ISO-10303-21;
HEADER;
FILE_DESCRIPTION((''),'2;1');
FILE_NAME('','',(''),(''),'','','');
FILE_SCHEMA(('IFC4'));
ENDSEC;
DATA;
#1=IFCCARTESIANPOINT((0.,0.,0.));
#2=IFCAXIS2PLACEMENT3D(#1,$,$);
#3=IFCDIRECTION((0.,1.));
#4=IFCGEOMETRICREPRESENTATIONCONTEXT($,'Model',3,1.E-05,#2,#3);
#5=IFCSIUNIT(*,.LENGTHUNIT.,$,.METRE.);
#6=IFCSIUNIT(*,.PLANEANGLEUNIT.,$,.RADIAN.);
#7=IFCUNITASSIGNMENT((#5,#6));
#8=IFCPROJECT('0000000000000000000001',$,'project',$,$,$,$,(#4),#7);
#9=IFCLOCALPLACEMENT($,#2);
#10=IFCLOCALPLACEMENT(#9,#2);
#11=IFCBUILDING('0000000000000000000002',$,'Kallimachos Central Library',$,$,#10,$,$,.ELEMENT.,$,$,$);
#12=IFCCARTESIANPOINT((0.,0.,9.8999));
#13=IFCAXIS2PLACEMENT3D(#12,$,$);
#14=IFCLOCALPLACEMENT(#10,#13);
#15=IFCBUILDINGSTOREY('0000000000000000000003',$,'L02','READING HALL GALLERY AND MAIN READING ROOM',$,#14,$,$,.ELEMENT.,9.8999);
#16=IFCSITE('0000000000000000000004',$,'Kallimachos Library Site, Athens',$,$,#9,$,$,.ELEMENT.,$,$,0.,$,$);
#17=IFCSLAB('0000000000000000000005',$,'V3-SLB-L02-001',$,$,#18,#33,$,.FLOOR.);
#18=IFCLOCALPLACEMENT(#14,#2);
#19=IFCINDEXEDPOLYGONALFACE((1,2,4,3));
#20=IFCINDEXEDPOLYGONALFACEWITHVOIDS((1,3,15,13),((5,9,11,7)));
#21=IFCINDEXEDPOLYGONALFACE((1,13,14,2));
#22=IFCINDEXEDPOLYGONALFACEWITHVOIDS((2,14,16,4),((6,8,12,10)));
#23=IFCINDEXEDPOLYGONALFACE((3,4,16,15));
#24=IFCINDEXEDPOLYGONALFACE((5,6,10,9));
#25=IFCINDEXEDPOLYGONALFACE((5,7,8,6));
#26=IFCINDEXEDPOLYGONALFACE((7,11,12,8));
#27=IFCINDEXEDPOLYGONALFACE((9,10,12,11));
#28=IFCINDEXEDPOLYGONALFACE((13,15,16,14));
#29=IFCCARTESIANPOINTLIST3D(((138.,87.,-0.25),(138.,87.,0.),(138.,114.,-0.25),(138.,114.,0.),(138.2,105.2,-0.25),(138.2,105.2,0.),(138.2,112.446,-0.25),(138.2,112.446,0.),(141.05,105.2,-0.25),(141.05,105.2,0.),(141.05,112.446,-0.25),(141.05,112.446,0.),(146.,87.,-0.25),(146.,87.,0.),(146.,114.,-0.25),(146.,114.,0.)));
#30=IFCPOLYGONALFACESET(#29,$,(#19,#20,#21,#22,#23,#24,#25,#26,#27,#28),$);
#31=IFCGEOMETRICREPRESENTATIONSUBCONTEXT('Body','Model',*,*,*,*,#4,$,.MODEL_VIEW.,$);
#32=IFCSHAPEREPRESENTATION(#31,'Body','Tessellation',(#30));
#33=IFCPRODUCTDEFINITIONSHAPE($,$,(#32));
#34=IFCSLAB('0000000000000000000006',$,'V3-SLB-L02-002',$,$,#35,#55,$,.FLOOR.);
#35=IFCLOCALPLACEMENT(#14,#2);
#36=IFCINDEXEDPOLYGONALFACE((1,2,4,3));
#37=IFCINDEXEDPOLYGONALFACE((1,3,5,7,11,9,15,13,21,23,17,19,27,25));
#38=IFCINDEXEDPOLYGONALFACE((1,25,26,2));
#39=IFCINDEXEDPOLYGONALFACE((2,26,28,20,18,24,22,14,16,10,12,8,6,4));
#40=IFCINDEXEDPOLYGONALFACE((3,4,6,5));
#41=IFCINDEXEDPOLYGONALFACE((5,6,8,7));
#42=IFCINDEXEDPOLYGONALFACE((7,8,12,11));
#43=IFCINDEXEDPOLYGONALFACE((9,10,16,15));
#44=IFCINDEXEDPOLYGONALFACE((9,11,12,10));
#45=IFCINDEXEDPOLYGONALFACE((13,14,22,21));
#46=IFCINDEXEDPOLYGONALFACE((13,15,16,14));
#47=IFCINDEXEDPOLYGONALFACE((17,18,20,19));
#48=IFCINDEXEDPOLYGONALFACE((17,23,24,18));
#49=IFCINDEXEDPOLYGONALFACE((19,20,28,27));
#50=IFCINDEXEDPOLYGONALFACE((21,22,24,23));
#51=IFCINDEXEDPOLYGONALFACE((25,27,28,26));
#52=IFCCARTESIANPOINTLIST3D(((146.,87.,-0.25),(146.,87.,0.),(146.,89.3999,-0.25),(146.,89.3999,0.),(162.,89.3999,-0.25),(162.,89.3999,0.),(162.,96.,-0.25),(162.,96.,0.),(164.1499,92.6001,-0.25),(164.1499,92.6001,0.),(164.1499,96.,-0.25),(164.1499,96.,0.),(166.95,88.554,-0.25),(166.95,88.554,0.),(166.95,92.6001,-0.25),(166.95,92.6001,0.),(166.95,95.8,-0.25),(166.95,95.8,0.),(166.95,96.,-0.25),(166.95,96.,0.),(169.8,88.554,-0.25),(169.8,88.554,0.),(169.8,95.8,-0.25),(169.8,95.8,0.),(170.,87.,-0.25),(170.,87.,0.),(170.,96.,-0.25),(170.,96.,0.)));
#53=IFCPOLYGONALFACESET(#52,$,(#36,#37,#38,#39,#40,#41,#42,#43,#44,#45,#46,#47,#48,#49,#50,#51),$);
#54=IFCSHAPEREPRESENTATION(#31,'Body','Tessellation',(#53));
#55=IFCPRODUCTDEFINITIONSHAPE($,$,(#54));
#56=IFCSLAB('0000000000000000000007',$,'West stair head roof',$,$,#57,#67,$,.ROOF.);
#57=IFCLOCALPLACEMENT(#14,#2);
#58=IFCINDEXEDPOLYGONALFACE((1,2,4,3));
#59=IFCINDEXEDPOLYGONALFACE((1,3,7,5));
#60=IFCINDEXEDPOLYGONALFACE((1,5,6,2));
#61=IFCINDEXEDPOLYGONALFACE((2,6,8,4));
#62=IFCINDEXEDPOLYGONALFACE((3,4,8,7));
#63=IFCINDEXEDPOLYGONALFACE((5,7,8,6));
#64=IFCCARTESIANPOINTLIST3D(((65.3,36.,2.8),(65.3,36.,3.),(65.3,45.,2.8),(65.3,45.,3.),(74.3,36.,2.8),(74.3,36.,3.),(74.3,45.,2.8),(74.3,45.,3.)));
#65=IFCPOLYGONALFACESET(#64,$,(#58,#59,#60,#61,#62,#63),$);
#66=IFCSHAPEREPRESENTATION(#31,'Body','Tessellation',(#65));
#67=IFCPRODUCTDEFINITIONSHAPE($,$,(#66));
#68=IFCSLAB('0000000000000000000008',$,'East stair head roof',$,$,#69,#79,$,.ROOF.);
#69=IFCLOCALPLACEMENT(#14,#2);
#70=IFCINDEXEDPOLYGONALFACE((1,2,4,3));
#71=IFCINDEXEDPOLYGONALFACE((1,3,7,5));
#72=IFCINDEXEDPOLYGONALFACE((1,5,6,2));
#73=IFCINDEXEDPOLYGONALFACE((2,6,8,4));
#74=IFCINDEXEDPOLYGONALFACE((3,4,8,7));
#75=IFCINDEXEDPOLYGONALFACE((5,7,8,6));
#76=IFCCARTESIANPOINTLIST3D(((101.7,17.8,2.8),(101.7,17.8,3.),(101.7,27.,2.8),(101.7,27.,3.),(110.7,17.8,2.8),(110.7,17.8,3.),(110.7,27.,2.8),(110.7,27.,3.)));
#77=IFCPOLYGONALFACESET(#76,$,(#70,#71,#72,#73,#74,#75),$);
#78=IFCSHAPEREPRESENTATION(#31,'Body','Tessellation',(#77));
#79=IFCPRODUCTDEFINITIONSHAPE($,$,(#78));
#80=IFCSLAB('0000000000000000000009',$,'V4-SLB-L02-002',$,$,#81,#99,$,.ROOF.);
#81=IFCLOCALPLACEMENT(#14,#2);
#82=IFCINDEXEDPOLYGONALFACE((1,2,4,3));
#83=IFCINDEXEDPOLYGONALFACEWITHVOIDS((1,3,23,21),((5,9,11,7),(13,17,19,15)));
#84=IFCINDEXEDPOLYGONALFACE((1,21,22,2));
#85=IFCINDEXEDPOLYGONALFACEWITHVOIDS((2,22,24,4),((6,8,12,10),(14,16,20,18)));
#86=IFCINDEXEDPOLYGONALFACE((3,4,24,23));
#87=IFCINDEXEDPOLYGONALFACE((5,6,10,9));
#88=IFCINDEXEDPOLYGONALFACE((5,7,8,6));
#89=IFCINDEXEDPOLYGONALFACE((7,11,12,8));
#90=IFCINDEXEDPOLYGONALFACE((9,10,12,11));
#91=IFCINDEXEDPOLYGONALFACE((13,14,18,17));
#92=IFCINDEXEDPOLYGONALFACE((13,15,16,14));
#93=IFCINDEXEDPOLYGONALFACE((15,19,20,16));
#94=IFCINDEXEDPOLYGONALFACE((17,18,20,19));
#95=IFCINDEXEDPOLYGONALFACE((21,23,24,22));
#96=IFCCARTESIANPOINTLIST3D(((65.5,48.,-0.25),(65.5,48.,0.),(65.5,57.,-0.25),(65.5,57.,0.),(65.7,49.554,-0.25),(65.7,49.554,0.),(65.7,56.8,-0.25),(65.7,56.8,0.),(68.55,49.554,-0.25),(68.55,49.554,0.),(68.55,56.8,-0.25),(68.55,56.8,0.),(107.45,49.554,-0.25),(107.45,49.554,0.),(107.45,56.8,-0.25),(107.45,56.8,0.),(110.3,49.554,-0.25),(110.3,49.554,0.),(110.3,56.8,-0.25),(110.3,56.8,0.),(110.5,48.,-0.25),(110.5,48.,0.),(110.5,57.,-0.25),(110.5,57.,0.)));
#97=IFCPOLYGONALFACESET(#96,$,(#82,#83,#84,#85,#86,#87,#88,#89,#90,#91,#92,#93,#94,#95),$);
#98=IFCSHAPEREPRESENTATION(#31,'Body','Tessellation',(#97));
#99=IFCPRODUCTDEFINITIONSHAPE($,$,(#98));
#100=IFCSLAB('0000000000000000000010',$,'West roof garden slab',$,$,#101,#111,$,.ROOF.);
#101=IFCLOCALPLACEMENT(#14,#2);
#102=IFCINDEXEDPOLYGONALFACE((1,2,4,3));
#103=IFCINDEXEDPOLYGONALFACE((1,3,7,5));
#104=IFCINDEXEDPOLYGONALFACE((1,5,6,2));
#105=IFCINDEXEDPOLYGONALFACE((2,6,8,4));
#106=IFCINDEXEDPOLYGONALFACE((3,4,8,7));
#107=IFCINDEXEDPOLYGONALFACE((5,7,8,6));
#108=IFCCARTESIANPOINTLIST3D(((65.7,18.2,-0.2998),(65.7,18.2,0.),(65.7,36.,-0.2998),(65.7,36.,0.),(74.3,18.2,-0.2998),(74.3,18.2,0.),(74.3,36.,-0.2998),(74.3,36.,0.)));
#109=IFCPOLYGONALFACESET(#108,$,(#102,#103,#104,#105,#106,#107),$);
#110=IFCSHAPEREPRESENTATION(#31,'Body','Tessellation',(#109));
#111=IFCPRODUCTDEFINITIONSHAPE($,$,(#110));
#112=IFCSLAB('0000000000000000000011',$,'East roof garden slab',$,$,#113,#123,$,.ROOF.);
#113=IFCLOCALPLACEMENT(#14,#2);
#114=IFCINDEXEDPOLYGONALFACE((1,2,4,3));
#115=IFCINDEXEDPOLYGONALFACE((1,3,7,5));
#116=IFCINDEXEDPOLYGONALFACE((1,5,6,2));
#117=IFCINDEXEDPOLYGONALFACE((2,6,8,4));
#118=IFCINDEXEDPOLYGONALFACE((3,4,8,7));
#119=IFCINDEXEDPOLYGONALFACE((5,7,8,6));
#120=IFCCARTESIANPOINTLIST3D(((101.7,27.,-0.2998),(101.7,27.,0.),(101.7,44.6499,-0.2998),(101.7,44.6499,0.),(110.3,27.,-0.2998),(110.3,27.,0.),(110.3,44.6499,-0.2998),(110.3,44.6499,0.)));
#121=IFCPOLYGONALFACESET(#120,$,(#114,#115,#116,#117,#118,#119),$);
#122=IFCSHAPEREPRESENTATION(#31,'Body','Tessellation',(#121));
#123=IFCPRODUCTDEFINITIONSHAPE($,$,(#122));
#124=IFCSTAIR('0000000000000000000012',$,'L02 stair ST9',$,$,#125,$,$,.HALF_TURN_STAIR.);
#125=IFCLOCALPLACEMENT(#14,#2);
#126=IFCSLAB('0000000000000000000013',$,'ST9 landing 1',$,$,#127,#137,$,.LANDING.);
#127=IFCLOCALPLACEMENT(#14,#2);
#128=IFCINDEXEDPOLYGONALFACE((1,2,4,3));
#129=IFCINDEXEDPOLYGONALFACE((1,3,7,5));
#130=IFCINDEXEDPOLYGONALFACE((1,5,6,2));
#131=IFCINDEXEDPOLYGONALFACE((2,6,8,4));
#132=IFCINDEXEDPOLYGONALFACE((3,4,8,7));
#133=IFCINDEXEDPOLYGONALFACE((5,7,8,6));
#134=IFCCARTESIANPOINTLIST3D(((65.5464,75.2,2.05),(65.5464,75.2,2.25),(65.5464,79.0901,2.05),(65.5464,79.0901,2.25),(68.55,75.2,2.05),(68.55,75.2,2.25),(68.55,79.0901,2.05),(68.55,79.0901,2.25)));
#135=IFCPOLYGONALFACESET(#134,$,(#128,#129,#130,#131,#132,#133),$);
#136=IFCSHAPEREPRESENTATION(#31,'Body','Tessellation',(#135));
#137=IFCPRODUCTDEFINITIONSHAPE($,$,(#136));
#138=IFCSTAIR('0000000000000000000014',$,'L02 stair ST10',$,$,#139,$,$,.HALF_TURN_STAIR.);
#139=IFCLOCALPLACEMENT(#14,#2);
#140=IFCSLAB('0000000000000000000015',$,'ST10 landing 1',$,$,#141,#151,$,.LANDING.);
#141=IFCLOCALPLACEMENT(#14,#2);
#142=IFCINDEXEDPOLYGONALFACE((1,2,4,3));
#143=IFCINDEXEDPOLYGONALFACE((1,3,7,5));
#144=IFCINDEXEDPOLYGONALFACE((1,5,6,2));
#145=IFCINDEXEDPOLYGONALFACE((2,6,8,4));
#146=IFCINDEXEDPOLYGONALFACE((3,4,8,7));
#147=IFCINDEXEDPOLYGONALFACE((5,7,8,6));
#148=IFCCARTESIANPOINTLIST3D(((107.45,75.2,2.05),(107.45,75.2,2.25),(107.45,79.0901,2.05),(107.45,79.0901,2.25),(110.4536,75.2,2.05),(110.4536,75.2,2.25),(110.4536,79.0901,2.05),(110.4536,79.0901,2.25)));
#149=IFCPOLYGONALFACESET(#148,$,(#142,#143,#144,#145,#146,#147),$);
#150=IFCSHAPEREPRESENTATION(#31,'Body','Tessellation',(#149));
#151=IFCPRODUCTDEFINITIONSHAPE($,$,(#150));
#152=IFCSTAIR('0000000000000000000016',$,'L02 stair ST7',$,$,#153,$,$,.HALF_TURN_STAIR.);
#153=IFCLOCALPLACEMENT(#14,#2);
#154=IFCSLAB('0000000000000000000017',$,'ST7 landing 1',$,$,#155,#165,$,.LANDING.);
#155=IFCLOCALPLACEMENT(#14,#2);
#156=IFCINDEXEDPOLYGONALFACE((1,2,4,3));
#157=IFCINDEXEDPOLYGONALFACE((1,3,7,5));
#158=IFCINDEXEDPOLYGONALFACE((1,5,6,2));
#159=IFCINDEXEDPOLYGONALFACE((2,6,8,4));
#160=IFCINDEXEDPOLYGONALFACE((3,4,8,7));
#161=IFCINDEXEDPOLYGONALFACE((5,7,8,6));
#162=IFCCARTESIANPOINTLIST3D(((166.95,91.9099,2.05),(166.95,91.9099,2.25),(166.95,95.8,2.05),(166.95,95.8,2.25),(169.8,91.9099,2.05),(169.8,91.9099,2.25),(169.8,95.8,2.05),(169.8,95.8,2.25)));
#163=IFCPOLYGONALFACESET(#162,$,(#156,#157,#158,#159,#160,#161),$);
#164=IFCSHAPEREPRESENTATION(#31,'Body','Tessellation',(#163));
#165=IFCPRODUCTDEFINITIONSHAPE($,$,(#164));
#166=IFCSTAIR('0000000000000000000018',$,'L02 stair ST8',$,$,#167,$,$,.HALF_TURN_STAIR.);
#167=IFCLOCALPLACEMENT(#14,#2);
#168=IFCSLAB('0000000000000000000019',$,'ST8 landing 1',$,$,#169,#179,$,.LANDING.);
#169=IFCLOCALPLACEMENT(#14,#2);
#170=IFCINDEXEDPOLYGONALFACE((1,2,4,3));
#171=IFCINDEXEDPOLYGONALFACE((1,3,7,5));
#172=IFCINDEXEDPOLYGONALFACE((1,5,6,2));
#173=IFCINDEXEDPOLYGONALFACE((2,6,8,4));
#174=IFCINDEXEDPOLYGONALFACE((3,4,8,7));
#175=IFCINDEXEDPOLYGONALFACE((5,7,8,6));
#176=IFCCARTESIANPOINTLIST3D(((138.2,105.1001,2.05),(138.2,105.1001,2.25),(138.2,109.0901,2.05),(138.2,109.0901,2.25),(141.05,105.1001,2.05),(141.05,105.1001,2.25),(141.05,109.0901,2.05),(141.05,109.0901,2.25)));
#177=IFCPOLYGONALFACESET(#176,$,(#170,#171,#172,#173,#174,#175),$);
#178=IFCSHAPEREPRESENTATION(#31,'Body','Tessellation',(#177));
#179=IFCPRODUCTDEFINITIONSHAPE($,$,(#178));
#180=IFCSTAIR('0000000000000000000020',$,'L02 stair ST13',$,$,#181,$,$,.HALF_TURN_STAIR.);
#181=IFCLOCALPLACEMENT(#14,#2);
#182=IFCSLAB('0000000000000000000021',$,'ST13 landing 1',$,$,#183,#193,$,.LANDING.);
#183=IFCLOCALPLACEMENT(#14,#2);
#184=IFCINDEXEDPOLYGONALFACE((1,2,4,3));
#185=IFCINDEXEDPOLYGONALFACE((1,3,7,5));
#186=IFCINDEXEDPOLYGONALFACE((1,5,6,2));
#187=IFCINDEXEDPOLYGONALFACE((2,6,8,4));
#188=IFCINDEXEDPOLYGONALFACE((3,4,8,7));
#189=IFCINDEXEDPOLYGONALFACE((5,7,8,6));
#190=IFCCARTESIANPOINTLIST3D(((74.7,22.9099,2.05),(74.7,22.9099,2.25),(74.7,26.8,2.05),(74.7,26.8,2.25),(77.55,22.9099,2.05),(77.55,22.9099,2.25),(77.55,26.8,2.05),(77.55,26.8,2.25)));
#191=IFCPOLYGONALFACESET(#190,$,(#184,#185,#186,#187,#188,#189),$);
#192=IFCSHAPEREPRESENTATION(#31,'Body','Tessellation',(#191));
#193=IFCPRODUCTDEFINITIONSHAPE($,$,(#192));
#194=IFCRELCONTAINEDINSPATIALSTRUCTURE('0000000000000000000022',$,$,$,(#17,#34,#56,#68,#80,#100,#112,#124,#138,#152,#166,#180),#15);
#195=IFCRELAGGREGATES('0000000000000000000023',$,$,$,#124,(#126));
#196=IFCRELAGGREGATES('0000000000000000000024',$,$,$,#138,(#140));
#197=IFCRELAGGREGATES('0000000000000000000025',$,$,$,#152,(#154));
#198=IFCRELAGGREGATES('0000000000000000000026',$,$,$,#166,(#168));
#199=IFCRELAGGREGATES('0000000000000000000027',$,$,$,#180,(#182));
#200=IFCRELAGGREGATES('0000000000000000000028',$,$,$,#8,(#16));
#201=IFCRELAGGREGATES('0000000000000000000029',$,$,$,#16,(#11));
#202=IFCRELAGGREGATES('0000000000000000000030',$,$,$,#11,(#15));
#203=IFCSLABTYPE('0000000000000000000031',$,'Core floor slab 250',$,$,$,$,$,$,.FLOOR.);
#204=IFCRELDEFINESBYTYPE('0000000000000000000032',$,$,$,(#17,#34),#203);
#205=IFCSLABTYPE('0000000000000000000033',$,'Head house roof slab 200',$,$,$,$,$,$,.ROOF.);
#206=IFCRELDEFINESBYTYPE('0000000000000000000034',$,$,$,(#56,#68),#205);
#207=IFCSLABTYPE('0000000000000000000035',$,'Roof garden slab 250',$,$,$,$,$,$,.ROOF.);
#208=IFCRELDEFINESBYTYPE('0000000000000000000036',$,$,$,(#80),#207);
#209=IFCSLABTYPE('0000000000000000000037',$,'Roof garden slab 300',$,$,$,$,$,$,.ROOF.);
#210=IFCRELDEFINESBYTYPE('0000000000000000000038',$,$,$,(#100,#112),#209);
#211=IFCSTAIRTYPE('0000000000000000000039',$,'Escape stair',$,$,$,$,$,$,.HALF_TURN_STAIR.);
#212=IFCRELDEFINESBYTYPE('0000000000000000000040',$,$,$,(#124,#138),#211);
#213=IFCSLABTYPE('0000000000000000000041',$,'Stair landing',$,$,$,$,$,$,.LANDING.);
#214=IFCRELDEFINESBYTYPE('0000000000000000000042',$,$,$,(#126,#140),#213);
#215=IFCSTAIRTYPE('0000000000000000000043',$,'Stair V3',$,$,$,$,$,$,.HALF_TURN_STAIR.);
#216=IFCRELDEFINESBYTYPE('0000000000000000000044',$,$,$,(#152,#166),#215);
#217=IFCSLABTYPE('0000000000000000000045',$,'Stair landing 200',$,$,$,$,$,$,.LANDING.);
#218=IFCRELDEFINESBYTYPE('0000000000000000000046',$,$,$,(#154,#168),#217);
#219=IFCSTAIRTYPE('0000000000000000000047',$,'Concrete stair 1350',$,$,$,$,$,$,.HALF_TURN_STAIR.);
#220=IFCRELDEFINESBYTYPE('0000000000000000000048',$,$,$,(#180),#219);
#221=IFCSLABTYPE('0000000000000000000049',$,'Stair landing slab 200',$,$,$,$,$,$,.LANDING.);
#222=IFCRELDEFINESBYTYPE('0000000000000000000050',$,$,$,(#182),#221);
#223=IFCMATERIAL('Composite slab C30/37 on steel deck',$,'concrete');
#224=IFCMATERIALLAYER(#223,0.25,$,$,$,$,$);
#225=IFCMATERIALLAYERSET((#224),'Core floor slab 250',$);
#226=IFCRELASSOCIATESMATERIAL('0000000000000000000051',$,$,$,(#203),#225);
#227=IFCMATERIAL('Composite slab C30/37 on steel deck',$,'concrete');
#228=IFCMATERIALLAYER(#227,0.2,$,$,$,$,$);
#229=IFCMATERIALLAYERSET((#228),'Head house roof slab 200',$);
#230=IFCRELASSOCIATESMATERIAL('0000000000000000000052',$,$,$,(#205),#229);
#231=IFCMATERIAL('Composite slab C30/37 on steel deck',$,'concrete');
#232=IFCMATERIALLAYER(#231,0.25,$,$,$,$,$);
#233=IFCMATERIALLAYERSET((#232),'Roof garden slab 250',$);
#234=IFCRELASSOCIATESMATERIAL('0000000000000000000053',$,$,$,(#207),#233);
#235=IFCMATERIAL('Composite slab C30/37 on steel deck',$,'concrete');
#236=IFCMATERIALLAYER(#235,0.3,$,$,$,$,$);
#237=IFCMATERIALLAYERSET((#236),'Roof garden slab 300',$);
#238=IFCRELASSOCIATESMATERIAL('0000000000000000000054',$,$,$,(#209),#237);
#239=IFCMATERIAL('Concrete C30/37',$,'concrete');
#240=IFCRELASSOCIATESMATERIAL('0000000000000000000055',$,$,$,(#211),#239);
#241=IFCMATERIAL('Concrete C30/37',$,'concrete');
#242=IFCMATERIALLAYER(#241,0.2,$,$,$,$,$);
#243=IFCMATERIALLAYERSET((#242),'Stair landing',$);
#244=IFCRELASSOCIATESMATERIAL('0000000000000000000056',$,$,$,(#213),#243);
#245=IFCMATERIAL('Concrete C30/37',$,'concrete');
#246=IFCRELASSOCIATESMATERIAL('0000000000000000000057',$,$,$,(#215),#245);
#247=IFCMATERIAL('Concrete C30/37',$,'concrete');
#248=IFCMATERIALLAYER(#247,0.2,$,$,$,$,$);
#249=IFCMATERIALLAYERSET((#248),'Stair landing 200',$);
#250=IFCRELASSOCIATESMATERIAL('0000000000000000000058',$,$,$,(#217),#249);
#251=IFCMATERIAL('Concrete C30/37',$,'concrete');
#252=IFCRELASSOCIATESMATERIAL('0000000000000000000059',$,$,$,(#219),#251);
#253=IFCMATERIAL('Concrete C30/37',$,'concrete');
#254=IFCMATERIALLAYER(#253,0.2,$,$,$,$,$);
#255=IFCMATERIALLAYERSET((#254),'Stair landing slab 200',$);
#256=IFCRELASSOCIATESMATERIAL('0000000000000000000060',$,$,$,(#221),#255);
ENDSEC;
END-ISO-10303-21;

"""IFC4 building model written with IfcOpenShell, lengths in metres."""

from ifc_helpers import new_model, si_unit, direction, frame, origin, place, context, subcontext, project, spatial, polyline, outline, extrude, material, layer, layer_set, type_object, element, aggregate, save


model = new_model("IFC4")

# Units and contexts
model_context = context("Model", 3, precision=1e-05, world=origin(), true_north=direction((0.0, 1.0)))
body_context = subcontext(model_context, "Body", "Model", "MODEL_VIEW")
ifc_project = project(units=[si_unit("LENGTHUNIT", "METRE"), si_unit("PLANEANGLEUNIT", "RADIAN")], contexts=[model_context])

# Site, building, storey
site_placement = place(None, origin())
site = spatial("IfcSite", under=ifc_project, at=site_placement, Name="Kallimachos Library Site, Athens", CompositionType="ELEMENT", RefElevation=0.0)
building_placement = place(site_placement, origin())
building = spatial("IfcBuilding", under=site, at=building_placement, Name="Kallimachos Central Library", CompositionType="ELEMENT")
storey_placement = place(building_placement, frame((0.0, 0.0, 9.8999)))
storey = spatial("IfcBuildingStorey", under=building, at=storey_placement, Name="L02", Description="READING HALL GALLERY AND MAIN READING ROOM", CompositionType="ELEMENT", Elevation=9.8999)

# Slabs
ifc_material_1 = material(Name="Composite slab C30/37 on steel deck", Category="concrete")
ifc_layer_1 = layer(ifc_material_1, 0.25)
ifc_layer_set_1 = layer_set([ifc_layer_1], Name="Core floor slab 250")
slab_type_1 = type_object("IfcSlabType", Name="Core floor slab 250", PredefinedType="FLOOR", material=ifc_layer_set_1)
slab_1_placement = place(storey_placement, frame((0.0, 0.0, -0.25)))
element("IfcSlab", 1, at=slab_1_placement, inside=storey, type_object=slab_type_1, Name="V3-SLB-L02-001", PredefinedType="FLOOR", context=body_context, shape_type="SweptSolid", body=[
    extrude(outline(polyline([(138.0, 87.0), (138.0, 114.0), (146.0, 114.0), (146.0, 87.0), (138.0, 87.0)]), holes=[polyline([(138.2, 105.2), (141.05, 105.2), (141.05, 112.446), (138.2, 112.446), (138.2, 105.2)])]), origin(), (0.0, 0.0, 1.0), 0.25),
])
slab_2_placement = place(storey_placement, frame((0.0, 0.0, -0.25)))
element("IfcSlab", 2, at=slab_2_placement, inside=storey, type_object=slab_type_1, Name="V3-SLB-L02-002", PredefinedType="FLOOR", context=body_context, shape_type="SweptSolid", body=[
    extrude(outline(polyline([(146.0, 89.3999), (162.0, 89.3999), (162.0, 96.0), (164.1499, 96.0), (164.1499, 92.6001), (166.95, 92.6001), (166.95, 88.554), (169.8, 88.554), (169.8, 95.8), (166.95, 95.8), (166.95, 96.0), (170.0, 96.0), (170.0, 87.0), (146.0, 87.0), (146.0, 89.3999)])), origin(), (0.0, 0.0, 1.0), 0.25),
])
ifc_material_2 = material(Name="Composite slab C30/37 on steel deck", Category="concrete")
ifc_layer_2 = layer(ifc_material_2, 0.2)
ifc_layer_set_2 = layer_set([ifc_layer_2], Name="Head house roof slab 200")
slab_type_2 = type_object("IfcSlabType", Name="Head house roof slab 200", PredefinedType="ROOF", material=ifc_layer_set_2)
slab_3_placement = place(storey_placement, frame((0.0, 0.0, 2.8)))
element("IfcSlab", 3, at=slab_3_placement, inside=storey, type_object=slab_type_2, Name="West stair head roof", PredefinedType="ROOF", context=body_context, shape_type="SweptSolid", body=[
    extrude(outline(polyline([(65.3, 36.0), (74.3, 36.0), (74.3, 45.0), (65.3, 45.0), (65.3, 36.0)])), origin(), (0.0, 0.0, 1.0), 0.2),
])
slab_4_placement = place(storey_placement, frame((0.0, 0.0, 2.8)))
element("IfcSlab", 4, at=slab_4_placement, inside=storey, type_object=slab_type_2, Name="East stair head roof", PredefinedType="ROOF", context=body_context, shape_type="SweptSolid", body=[
    extrude(outline(polyline([(101.7, 17.8), (110.7, 17.8), (110.7, 27.0), (101.7, 27.0), (101.7, 17.8)])), origin(), (0.0, 0.0, 1.0), 0.2),
])
ifc_material_3 = material(Name="Composite slab C30/37 on steel deck", Category="concrete")
ifc_layer_3 = layer(ifc_material_3, 0.25)
ifc_layer_set_3 = layer_set([ifc_layer_3], Name="Roof garden slab 250")
slab_type_3 = type_object("IfcSlabType", Name="Roof garden slab 250", PredefinedType="ROOF", material=ifc_layer_set_3)
slab_5_placement = place(storey_placement, frame((0.0, 0.0, -0.25)))
element("IfcSlab", 5, at=slab_5_placement, inside=storey, type_object=slab_type_3, Name="V4-SLB-L02-002", PredefinedType="ROOF", context=body_context, shape_type="SweptSolid", body=[
    extrude(outline(polyline([(65.5, 48.0), (65.5, 57.0), (110.5, 57.0), (110.5, 48.0), (65.5, 48.0)]), holes=[polyline([(65.7, 56.8), (65.7, 49.554), (68.55, 49.554), (68.55, 56.8), (65.7, 56.8)]), polyline([(110.3, 56.8), (107.45, 56.8), (107.45, 49.554), (110.3, 49.554), (110.3, 56.8)])]), origin(), (0.0, 0.0, 1.0), 0.25),
])
ifc_material_4 = material(Name="Composite slab C30/37 on steel deck", Category="concrete")
ifc_layer_4 = layer(ifc_material_4, 0.3)
ifc_layer_set_4 = layer_set([ifc_layer_4], Name="Roof garden slab 300")
slab_type_4 = type_object("IfcSlabType", Name="Roof garden slab 300", PredefinedType="ROOF", material=ifc_layer_set_4)
slab_6_placement = place(storey_placement, frame((0.0, 0.0, -0.2998)))
element("IfcSlab", 6, at=slab_6_placement, inside=storey, type_object=slab_type_4, Name="West roof garden slab", PredefinedType="ROOF", context=body_context, shape_type="SweptSolid", body=[
    extrude(outline(polyline([(65.7, 18.2), (74.3, 18.2), (74.3, 36.0), (65.7, 36.0), (65.7, 18.2)])), origin(), (0.0, 0.0, 1.0), 0.2998),
])
slab_7_placement = place(storey_placement, frame((0.0, 0.0, -0.2998)))
element("IfcSlab", 7, at=slab_7_placement, inside=storey, type_object=slab_type_4, Name="East roof garden slab", PredefinedType="ROOF", context=body_context, shape_type="SweptSolid", body=[
    extrude(outline(polyline([(101.7, 27.0), (110.3, 27.0), (110.3, 44.6499), (101.7, 44.6499), (101.7, 27.0)])), origin(), (0.0, 0.0, 1.0), 0.2998),
])

# Stairs, slabs
ifc_material_5 = material(Name="Concrete C30/37", Category="concrete")
stair_type_1 = type_object("IfcStairType", Name="Escape stair", PredefinedType="HALF_TURN_STAIR", material=ifc_material_5)
stair_1_placement = place(storey_placement, origin())
stair_1 = element("IfcStair", 8, at=stair_1_placement, inside=storey, type_object=stair_type_1, Name="L02 stair ST9", PredefinedType="HALF_TURN_STAIR")
ifc_material_6 = material(Name="Concrete C30/37", Category="concrete")
ifc_layer_5 = layer(ifc_material_6, 0.2)
ifc_layer_set_5 = layer_set([ifc_layer_5], Name="Stair landing")
slab_type_5 = type_object("IfcSlabType", Name="Stair landing", PredefinedType="LANDING", material=ifc_layer_set_5)
slab_8_placement = place(storey_placement, frame((0.0, 0.0, 2.05)))
slab_8 = element("IfcSlab", 9, at=slab_8_placement, type_object=slab_type_5, Name="ST9 landing 1", PredefinedType="LANDING", context=body_context, shape_type="SweptSolid", body=[
    extrude(outline(polyline([(65.5464, 75.2), (68.55, 75.2), (68.55, 79.0901), (65.5464, 79.0901), (65.5464, 75.2)])), origin(), (0.0, 0.0, 1.0), 0.2),
])
aggregate(stair_1, [slab_8])
stair_2_placement = place(storey_placement, origin())
stair_2 = element("IfcStair", 10, at=stair_2_placement, inside=storey, type_object=stair_type_1, Name="L02 stair ST10", PredefinedType="HALF_TURN_STAIR")
slab_9_placement = place(storey_placement, frame((0.0, 0.0, 2.05)))
slab_9 = element("IfcSlab", 11, at=slab_9_placement, type_object=slab_type_5, Name="ST10 landing 1", PredefinedType="LANDING", context=body_context, shape_type="SweptSolid", body=[
    extrude(outline(polyline([(107.45, 75.2), (110.4536, 75.2), (110.4536, 79.0901), (107.45, 79.0901), (107.45, 75.2)])), origin(), (0.0, 0.0, 1.0), 0.2),
])
aggregate(stair_2, [slab_9])
ifc_material_7 = material(Name="Concrete C30/37", Category="concrete")
stair_type_2 = type_object("IfcStairType", Name="Stair V3", PredefinedType="HALF_TURN_STAIR", material=ifc_material_7)
stair_3_placement = place(storey_placement, origin())
stair_3 = element("IfcStair", 12, at=stair_3_placement, inside=storey, type_object=stair_type_2, Name="L02 stair ST7", PredefinedType="HALF_TURN_STAIR")
ifc_material_8 = material(Name="Concrete C30/37", Category="concrete")
ifc_layer_6 = layer(ifc_material_8, 0.2)
ifc_layer_set_6 = layer_set([ifc_layer_6], Name="Stair landing 200")
slab_type_6 = type_object("IfcSlabType", Name="Stair landing 200", PredefinedType="LANDING", material=ifc_layer_set_6)
slab_10_placement = place(storey_placement, frame((0.0, 0.0, 2.05)))
slab_10 = element("IfcSlab", 13, at=slab_10_placement, type_object=slab_type_6, Name="ST7 landing 1", PredefinedType="LANDING", context=body_context, shape_type="SweptSolid", body=[
    extrude(outline(polyline([(169.8, 91.9099), (169.8, 95.8), (166.95, 95.8), (166.95, 91.9099), (169.8, 91.9099)])), origin(), (0.0, 0.0, 1.0), 0.2),
])
aggregate(stair_3, [slab_10])
stair_4_placement = place(storey_placement, origin())
stair_4 = element("IfcStair", 14, at=stair_4_placement, inside=storey, type_object=stair_type_2, Name="L02 stair ST8", PredefinedType="HALF_TURN_STAIR")
slab_11_placement = place(storey_placement, frame((0.0, 0.0, 2.05)))
slab_11 = element("IfcSlab", 15, at=slab_11_placement, type_object=slab_type_6, Name="ST8 landing 1", PredefinedType="LANDING", context=body_context, shape_type="SweptSolid", body=[
    extrude(outline(polyline([(138.2, 105.1001), (141.05, 105.1001), (141.05, 109.0901), (138.2, 109.0901), (138.2, 105.1001)])), origin(), (0.0, 0.0, 1.0), 0.2),
])
aggregate(stair_4, [slab_11])
ifc_material_9 = material(Name="Concrete C30/37", Category="concrete")
stair_type_3 = type_object("IfcStairType", Name="Concrete stair 1350", PredefinedType="HALF_TURN_STAIR", material=ifc_material_9)
stair_5_placement = place(storey_placement, origin())
stair_5 = element("IfcStair", 16, at=stair_5_placement, inside=storey, type_object=stair_type_3, Name="L02 stair ST13", PredefinedType="HALF_TURN_STAIR")
ifc_material_10 = material(Name="Concrete C30/37", Category="concrete")
ifc_layer_7 = layer(ifc_material_10, 0.2)
ifc_layer_set_7 = layer_set([ifc_layer_7], Name="Stair landing slab 200")
slab_type_7 = type_object("IfcSlabType", Name="Stair landing slab 200", PredefinedType="LANDING", material=ifc_layer_set_7)
slab_12_placement = place(storey_placement, frame((0.0, 0.0, 2.05)))
slab_12 = element("IfcSlab", 17, at=slab_12_placement, type_object=slab_type_7, Name="ST13 landing 1", PredefinedType="LANDING", context=body_context, shape_type="SweptSolid", body=[
    extrude(outline(polyline([(77.55, 22.9099), (77.55, 26.8), (74.7, 26.8), (74.7, 22.9099), (77.55, 22.9099)])), origin(), (0.0, 0.0, 1.0), 0.2),
])
aggregate(stair_5, [slab_12])

save(model, "model.ifc")
